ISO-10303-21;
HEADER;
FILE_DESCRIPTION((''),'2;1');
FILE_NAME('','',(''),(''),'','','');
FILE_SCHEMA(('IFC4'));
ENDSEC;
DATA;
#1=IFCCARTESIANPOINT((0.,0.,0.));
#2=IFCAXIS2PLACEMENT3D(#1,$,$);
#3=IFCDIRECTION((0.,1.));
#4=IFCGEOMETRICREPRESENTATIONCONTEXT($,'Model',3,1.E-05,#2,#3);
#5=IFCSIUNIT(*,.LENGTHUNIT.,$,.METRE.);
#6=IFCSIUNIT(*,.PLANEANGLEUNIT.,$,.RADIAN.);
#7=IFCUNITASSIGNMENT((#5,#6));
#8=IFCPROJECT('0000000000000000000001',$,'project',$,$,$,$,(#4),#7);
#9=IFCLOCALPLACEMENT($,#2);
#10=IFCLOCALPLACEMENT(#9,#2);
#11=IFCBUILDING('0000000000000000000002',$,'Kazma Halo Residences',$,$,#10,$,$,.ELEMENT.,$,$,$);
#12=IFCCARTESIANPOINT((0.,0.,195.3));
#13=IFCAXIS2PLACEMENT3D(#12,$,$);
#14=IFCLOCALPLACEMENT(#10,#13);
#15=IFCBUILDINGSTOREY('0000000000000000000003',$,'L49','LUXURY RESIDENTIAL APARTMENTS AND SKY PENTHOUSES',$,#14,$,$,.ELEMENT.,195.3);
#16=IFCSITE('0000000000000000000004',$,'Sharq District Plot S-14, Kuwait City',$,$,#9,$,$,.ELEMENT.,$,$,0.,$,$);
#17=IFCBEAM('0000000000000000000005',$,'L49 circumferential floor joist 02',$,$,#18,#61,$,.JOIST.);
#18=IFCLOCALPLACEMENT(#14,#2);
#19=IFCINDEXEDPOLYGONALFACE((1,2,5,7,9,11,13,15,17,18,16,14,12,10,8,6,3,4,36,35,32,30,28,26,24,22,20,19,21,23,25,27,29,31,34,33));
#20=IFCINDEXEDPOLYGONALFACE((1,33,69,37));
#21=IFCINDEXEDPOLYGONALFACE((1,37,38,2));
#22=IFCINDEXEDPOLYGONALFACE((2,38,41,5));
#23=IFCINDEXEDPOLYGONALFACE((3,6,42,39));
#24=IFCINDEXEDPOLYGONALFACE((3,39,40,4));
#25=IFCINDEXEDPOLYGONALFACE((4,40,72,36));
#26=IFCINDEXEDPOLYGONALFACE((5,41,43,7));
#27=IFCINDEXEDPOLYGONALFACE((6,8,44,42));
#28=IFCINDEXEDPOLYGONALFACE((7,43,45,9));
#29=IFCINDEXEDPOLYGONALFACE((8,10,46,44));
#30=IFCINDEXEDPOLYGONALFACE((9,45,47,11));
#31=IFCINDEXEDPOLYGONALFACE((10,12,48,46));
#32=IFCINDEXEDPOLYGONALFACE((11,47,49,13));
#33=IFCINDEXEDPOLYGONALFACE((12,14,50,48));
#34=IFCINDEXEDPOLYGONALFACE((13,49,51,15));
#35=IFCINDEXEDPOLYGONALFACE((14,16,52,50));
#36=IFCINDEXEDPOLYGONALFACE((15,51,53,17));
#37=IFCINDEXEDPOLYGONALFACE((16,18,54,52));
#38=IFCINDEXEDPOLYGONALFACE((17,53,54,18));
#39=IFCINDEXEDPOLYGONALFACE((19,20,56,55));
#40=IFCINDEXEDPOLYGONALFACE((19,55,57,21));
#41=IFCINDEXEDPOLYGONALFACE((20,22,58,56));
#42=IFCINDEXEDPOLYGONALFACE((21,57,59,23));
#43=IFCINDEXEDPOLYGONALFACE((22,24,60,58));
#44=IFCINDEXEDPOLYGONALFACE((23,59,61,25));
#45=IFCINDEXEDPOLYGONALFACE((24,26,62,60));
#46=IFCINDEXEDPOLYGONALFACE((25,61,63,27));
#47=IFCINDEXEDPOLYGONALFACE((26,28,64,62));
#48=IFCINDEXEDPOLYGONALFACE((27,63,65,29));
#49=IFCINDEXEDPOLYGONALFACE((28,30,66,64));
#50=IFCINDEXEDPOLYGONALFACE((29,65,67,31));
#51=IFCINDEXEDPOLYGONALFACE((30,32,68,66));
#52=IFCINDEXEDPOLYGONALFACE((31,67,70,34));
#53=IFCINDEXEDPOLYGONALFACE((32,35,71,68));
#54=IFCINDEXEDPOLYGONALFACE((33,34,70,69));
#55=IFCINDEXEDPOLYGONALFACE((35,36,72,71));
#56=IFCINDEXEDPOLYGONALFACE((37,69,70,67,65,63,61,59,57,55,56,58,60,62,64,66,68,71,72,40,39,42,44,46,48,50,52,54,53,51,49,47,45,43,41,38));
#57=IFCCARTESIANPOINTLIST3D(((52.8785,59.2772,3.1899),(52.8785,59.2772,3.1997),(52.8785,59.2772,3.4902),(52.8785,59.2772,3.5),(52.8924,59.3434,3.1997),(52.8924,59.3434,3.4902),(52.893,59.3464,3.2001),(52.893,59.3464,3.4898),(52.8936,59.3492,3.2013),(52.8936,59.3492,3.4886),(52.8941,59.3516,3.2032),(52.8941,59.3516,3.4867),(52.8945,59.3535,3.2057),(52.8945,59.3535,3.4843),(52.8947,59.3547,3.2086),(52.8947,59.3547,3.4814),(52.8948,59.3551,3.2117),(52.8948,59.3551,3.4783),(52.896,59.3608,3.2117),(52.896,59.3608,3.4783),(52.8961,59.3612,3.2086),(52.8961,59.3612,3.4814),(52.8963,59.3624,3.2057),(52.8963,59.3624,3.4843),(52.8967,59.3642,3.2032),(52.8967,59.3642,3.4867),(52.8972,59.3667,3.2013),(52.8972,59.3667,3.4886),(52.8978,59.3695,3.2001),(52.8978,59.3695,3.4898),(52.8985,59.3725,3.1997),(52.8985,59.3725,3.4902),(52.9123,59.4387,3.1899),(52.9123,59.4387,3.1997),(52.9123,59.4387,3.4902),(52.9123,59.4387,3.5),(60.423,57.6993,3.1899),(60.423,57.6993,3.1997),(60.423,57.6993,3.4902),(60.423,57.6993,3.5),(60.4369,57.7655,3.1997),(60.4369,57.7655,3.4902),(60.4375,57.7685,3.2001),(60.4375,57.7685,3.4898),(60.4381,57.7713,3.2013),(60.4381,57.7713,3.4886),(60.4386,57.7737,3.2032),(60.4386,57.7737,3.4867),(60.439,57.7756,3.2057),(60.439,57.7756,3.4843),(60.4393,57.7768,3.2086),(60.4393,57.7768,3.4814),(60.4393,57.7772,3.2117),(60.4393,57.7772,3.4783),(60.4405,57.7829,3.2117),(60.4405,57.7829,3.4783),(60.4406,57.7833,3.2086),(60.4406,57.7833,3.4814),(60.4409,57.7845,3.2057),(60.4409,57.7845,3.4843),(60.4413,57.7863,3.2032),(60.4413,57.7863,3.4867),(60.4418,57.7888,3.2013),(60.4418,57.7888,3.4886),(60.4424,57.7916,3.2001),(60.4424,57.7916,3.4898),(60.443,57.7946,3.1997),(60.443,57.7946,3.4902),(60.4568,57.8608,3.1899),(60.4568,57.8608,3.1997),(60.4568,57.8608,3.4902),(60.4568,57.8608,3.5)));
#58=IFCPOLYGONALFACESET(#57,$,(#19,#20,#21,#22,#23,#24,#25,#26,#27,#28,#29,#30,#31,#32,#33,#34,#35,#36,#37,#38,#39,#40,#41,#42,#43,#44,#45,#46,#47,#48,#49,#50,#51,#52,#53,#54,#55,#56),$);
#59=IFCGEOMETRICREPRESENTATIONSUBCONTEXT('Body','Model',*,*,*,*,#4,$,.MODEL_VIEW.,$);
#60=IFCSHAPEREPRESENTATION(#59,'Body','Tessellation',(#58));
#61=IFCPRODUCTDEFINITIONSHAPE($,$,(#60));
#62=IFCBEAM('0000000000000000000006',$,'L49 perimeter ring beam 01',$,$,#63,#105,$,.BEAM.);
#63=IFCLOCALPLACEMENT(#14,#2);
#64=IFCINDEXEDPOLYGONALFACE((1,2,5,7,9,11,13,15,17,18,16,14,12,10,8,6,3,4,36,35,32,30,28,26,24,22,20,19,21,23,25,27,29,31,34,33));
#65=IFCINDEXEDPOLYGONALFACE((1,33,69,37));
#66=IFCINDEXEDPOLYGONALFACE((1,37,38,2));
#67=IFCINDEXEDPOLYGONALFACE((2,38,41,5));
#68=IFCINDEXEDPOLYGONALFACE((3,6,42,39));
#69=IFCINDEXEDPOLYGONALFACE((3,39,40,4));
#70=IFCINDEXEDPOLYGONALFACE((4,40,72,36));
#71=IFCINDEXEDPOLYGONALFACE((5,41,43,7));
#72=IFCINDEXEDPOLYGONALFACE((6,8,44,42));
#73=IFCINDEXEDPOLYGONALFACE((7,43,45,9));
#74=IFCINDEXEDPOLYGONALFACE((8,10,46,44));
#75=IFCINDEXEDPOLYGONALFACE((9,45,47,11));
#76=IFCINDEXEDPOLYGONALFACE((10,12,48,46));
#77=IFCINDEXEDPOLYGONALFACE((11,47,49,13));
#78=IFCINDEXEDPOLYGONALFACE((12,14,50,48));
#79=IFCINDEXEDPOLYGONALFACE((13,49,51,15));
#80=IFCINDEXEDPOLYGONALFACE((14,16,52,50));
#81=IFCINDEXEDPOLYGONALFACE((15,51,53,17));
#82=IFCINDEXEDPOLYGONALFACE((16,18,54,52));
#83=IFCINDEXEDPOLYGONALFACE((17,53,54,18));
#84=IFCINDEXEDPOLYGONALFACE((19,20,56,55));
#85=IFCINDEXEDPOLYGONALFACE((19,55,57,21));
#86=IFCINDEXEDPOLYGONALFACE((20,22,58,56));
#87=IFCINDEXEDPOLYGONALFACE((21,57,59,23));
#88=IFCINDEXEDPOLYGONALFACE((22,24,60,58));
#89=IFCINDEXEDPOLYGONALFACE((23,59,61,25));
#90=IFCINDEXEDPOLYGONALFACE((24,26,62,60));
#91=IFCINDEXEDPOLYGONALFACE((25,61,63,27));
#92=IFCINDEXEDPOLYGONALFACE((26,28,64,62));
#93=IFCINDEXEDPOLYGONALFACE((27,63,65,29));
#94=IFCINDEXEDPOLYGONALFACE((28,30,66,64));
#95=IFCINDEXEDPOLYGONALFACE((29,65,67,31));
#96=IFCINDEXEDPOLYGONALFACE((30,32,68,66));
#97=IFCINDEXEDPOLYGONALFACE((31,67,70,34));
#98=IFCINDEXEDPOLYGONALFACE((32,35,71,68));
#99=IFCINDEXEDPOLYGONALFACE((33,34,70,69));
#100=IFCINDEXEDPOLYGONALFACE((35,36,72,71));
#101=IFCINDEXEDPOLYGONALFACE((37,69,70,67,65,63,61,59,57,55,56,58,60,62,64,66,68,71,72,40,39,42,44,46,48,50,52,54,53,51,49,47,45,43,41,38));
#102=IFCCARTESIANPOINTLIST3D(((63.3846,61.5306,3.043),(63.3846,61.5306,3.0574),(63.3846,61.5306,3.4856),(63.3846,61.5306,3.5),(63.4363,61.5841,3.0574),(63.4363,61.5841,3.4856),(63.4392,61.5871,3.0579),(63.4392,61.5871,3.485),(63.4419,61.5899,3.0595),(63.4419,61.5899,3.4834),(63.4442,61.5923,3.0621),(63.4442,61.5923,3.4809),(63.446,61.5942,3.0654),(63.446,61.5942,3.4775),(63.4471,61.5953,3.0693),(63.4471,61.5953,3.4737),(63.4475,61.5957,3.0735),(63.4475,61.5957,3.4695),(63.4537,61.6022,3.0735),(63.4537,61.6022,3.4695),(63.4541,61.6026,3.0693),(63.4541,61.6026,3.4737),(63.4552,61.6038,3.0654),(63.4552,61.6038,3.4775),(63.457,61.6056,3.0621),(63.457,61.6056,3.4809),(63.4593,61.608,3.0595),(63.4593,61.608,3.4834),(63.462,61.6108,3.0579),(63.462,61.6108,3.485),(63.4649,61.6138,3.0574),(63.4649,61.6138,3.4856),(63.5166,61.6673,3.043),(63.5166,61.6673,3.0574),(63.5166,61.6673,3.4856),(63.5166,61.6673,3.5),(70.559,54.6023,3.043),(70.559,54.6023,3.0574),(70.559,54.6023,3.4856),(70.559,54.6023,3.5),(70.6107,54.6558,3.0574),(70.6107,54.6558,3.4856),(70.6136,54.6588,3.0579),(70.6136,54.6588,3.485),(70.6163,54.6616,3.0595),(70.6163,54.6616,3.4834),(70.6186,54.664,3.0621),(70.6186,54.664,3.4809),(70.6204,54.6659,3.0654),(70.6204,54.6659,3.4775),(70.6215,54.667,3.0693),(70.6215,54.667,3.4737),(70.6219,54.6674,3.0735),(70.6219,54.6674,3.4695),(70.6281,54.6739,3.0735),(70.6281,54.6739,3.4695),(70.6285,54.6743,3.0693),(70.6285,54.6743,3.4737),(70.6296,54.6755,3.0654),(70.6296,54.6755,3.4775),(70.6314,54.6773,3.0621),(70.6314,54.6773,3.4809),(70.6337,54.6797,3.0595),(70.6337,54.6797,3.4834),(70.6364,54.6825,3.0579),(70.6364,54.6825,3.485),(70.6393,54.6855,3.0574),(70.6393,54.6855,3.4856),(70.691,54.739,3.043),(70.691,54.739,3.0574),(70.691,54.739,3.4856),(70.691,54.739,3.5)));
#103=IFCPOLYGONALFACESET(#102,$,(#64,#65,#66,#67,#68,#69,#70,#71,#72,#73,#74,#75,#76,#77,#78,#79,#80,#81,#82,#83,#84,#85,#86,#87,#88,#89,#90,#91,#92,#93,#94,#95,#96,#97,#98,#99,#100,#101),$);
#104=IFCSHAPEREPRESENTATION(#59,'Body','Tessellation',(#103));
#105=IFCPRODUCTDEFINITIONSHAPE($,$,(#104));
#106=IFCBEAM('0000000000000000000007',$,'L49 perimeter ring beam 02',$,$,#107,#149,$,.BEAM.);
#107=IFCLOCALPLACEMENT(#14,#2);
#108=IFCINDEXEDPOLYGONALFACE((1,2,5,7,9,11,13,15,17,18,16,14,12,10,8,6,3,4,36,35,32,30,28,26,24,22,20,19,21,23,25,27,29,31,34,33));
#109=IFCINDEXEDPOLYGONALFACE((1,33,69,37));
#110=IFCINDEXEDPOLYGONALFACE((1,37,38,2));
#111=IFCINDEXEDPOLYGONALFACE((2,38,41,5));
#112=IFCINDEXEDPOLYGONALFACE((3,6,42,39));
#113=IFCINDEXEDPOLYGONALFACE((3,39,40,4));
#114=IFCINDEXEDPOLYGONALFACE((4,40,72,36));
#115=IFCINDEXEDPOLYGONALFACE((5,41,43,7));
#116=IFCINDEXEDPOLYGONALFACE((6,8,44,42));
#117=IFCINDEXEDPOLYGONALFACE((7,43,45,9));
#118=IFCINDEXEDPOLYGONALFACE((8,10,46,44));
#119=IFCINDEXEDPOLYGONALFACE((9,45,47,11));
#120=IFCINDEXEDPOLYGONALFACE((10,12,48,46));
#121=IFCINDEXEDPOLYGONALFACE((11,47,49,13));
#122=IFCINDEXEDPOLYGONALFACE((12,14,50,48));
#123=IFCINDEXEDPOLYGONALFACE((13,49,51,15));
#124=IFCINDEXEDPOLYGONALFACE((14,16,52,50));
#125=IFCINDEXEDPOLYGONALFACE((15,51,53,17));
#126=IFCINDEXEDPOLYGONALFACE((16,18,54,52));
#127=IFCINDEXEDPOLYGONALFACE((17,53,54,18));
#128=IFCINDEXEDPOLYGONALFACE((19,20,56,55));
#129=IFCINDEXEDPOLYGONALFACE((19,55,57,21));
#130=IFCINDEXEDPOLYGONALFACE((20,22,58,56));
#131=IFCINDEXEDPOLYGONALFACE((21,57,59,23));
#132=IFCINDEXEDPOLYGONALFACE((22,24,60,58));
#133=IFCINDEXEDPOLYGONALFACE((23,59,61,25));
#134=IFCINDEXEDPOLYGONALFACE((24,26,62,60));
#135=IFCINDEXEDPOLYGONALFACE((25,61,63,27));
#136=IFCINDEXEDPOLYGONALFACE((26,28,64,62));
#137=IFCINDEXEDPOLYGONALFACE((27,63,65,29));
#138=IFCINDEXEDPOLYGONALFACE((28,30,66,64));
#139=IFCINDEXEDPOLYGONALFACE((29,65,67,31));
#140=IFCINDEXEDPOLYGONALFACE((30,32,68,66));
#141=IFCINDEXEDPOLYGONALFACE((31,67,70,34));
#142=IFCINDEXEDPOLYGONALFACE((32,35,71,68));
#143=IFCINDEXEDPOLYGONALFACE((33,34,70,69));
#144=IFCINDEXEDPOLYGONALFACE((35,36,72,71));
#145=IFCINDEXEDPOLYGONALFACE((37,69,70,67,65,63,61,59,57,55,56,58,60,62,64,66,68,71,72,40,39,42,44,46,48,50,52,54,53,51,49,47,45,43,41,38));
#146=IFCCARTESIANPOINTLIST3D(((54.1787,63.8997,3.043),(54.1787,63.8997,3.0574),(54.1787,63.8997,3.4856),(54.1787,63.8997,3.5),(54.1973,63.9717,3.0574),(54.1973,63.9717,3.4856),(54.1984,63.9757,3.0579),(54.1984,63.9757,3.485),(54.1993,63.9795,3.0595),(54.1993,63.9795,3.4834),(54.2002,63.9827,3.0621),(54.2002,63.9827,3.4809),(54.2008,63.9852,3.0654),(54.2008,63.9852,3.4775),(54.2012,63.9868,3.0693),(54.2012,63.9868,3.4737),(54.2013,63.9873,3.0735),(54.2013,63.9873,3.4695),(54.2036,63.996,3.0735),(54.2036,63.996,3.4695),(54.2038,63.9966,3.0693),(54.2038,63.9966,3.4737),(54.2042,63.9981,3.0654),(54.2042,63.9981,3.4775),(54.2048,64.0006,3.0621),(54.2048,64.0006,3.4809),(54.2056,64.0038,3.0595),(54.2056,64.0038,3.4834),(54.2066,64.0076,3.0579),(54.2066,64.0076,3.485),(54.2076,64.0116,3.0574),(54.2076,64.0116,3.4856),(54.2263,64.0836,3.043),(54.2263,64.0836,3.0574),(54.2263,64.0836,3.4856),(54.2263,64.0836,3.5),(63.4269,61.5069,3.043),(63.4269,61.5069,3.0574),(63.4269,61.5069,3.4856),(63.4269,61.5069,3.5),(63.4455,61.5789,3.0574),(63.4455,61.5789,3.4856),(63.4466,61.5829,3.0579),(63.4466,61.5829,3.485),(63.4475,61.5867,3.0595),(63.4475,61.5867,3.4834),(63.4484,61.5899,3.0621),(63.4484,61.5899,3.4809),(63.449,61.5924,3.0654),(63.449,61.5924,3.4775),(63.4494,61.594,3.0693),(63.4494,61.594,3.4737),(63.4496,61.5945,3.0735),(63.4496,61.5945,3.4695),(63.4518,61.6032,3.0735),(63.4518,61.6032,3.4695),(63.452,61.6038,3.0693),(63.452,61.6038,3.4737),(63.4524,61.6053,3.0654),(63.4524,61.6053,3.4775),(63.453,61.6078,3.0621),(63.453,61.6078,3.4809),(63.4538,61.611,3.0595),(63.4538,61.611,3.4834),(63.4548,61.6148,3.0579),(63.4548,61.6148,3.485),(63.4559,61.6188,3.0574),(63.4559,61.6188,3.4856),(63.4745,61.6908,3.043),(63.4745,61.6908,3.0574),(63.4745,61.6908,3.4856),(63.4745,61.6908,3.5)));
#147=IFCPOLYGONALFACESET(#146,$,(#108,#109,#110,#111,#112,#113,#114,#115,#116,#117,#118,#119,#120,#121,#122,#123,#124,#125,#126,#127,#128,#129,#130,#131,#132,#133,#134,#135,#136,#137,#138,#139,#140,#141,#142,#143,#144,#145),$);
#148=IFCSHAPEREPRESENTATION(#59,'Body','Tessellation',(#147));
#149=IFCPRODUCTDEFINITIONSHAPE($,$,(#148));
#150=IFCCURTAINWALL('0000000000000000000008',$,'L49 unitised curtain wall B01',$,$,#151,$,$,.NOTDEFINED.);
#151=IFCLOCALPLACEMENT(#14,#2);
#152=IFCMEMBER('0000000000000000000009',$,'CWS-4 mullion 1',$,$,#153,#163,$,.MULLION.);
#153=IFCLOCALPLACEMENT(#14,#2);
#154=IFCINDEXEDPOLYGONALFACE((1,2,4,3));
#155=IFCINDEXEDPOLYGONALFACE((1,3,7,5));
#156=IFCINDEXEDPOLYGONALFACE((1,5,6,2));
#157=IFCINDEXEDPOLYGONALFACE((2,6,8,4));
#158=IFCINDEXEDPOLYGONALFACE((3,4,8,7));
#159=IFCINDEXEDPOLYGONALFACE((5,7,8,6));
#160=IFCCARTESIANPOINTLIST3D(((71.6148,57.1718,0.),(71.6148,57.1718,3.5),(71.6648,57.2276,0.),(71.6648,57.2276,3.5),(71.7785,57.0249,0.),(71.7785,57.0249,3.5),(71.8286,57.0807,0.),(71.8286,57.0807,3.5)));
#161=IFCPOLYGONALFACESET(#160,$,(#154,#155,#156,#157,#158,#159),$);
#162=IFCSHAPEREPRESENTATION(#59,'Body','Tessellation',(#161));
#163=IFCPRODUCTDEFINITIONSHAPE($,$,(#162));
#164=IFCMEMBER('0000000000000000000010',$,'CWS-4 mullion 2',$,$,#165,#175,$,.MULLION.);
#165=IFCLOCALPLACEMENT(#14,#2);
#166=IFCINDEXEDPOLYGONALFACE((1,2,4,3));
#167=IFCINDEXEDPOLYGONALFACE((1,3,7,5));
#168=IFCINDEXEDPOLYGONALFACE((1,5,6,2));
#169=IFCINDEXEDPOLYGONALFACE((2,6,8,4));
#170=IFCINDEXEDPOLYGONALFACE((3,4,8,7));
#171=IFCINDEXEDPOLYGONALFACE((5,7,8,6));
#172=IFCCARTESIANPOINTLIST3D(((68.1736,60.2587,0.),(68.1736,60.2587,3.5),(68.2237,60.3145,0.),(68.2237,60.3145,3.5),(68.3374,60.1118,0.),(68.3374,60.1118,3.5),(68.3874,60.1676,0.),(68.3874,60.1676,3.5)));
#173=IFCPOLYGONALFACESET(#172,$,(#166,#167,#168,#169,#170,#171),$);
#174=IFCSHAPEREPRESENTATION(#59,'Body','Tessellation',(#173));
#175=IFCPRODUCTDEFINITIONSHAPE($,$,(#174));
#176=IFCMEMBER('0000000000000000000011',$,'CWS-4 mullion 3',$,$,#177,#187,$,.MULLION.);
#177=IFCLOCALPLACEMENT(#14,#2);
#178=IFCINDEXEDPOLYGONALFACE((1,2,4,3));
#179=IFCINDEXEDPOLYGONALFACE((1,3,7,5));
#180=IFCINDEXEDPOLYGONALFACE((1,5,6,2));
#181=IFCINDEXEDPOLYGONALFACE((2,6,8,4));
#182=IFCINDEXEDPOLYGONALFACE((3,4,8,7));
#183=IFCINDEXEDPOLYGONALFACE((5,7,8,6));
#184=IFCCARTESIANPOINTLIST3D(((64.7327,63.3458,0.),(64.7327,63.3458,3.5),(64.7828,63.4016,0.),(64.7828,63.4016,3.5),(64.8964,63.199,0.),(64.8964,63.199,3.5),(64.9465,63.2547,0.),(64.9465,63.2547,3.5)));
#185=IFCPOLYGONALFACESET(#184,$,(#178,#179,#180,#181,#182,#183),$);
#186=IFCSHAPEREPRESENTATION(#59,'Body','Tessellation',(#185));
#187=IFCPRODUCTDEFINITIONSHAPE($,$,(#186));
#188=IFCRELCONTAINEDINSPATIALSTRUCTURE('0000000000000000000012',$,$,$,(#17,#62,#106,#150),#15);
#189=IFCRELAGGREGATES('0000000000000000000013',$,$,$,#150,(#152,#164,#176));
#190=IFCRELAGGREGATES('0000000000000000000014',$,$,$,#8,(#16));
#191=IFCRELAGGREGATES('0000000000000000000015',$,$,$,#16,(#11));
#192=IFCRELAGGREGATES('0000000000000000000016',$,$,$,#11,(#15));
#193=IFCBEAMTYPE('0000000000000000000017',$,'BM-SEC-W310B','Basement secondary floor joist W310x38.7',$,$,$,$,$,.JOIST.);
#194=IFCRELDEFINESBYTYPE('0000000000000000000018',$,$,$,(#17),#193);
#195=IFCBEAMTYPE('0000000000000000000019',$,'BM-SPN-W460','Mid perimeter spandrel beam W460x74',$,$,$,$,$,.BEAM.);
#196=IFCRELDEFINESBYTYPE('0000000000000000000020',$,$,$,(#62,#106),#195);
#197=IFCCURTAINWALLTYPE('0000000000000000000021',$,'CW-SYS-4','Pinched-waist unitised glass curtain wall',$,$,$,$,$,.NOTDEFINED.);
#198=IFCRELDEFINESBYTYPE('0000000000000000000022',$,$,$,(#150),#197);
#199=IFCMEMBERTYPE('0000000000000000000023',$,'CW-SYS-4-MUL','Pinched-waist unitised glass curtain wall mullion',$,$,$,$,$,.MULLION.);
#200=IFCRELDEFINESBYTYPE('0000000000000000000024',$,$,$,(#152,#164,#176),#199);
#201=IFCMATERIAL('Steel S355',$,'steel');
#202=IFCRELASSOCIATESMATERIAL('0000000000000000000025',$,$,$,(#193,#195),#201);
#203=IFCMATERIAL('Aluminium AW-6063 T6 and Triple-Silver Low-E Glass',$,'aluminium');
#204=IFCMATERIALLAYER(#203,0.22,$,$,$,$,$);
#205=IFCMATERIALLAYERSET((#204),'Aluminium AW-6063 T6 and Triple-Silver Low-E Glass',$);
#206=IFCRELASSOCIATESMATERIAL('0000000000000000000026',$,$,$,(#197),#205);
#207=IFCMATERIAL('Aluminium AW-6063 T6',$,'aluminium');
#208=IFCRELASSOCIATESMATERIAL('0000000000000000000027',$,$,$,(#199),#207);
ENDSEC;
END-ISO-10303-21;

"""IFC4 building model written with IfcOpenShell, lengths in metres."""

from ifc_helpers import new_model, si_unit, direction, frame, origin, origin_2d, place, context, subcontext, project, spatial, rectangle, i_section, extrude, material, layer, layer_set, material_profile, profile_set, type_object, element, aggregate, save


model = new_model("IFC4")

# Units and contexts
model_context = context("Model", 3, precision=1e-05, world=origin(), true_north=direction((0.0, 1.0)))
body_context = subcontext(model_context, "Body", "Model", "MODEL_VIEW")
ifc_project = project(units=[si_unit("LENGTHUNIT", "METRE"), si_unit("PLANEANGLEUNIT", "RADIAN")], contexts=[model_context])

# Site, building, storey
site_placement = place(None, origin())
site = spatial("IfcSite", under=ifc_project, at=site_placement, Name="Sharq District Plot S-14, Kuwait City", CompositionType="ELEMENT", RefElevation=0.0)
building_placement = place(site_placement, origin())
building = spatial("IfcBuilding", under=site, at=building_placement, Name="Kazma Halo Residences", CompositionType="ELEMENT")
storey_placement = place(building_placement, frame((0.0, 0.0, 195.3)))
storey = spatial("IfcBuildingStorey", under=building, at=storey_placement, Name="L49", Description="LUXURY RESIDENTIAL APARTMENTS AND SKY PENTHOUSES", CompositionType="ELEMENT", Elevation=195.3)

# Beams
ifc_material_1 = material(Name="Steel S355", Category="steel")
ifc_material_profile_1 = material_profile(ifc_material_1, i_section(OverallWidth=0.165, OverallDepth=0.3101, WebThickness=0.0059, FlangeThickness=0.0098, FilletRadius=0.012, at=origin_2d()), Name="W310x38.7")
ifc_profile_set_1 = profile_set([ifc_material_profile_1], Name="Steel S355")
beam_type_1 = type_object("IfcBeamType", Name="BM-SEC-W310B", Description="Basement secondary floor joist W310x38.7", PredefinedType="JOIST", material=ifc_profile_set_1)
beam_1_placement = place(storey_placement, frame((60.4399, 57.78, 3.345), z_axis=(-0.978821, 0.204716, 0.0), x_axis=(-0.204716, -0.978821, 0.0)))
element("IfcBeam", 1, at=beam_1_placement, inside=storey, type_object=beam_type_1, Name="L49 circumferential floor joist 02", PredefinedType="JOIST", context=body_context, shape_type="SweptSolid", body=[
    extrude(i_section(OverallWidth=0.165, OverallDepth=0.3101, WebThickness=0.0059, FlangeThickness=0.0098, FilletRadius=0.012, at=origin_2d()), origin(), (0.0, 0.0, 1.0), 7.7078),
])
ifc_material_profile_2 = material_profile(ifc_material_1, i_section(OverallWidth=0.1899, OverallDepth=0.457, WebThickness=0.009, FlangeThickness=0.0144, FilletRadius=0.0161, at=origin_2d()), Name="W460x74")
ifc_profile_set_2 = profile_set([ifc_material_profile_2], Name="Steel S355")
beam_type_2 = type_object("IfcBeamType", Name="BM-SPN-W460", Description="Mid perimeter spandrel beam W460x74", PredefinedType="BEAM", material=ifc_profile_set_2)
beam_2_placement = place(storey_placement, frame((70.625, 54.6707, 3.2715), z_axis=(-0.719337, 0.694662, 0.0), x_axis=(-0.694662, -0.719337, 0.0)))
element("IfcBeam", 2, at=beam_2_placement, inside=storey, type_object=beam_type_2, Name="L49 perimeter ring beam 01", PredefinedType="BEAM", context=body_context, shape_type="SweptSolid", body=[
    extrude(i_section(OverallWidth=0.1899, OverallDepth=0.457, WebThickness=0.009, FlangeThickness=0.0144, FilletRadius=0.0161, at=origin_2d()), origin(), (0.0, 0.0, 1.0), 9.9736),
])
beam_3_placement = place(storey_placement, frame((63.4507, 61.5989, 3.2715), z_axis=(-0.968121, 0.250483, 0.0), x_axis=(-0.250483, -0.968121, 0.0)))
element("IfcBeam", 3, at=beam_3_placement, inside=storey, type_object=beam_type_2, Name="L49 perimeter ring beam 02", PredefinedType="BEAM", context=body_context, shape_type="SweptSolid", body=[
    extrude(i_section(OverallWidth=0.1899, OverallDepth=0.457, WebThickness=0.009, FlangeThickness=0.0144, FilletRadius=0.0161, at=origin_2d()), origin(), (0.0, 0.0, 1.0), 9.5527),
])

# Curtain wall, members
ifc_material_2 = material(Name="Aluminium AW-6063 T6 and Triple-Silver Low-E Glass", Category="aluminium")
ifc_layer_1 = layer(ifc_material_2, 0.22)
ifc_layer_set_1 = layer_set([ifc_layer_1], Name="Aluminium AW-6063 T6 and Triple-Silver Low-E Glass")
curtain_wall_type = type_object("IfcCurtainWallType", Name="CW-SYS-4", Description="Pinched-waist unitised glass curtain wall", PredefinedType="NOTDEFINED", material=ifc_layer_set_1)
curtain_wall_1_placement = place(storey_placement, origin())
curtain_wall_1 = element("IfcCurtainWall", 4, at=curtain_wall_1_placement, inside=storey, type_object=curtain_wall_type, Name="L49 unitised curtain wall B01", PredefinedType="NOTDEFINED")
ifc_material_3 = material(Name="Aluminium AW-6063 T6", Category="aluminium")
ifc_material_profile_3 = material_profile(ifc_material_3, rectangle(XDim=0.075, YDim=0.22, at=origin_2d()), Name="CWM-75x220")
ifc_profile_set_3 = profile_set([ifc_material_profile_3], Name="Aluminium AW-6063 T6")
member_type_1 = type_object("IfcMemberType", Name="CW-SYS-4-MUL", Description="Pinched-waist unitised glass curtain wall mullion", PredefinedType="MULLION", material=ifc_profile_set_3)
member_1_placement = place(storey_placement, frame((71.7217, 57.1262, 0.0), z_axis=(0.0, 0.0, 1.0), x_axis=(-0.667784, -0.744355, 0.0)))
member_1 = element("IfcMember", 5, at=member_1_placement, type_object=member_type_1, Name="CWS-4 mullion 1", PredefinedType="MULLION", context=body_context, shape_type="SweptSolid", body=[
    extrude(rectangle(XDim=0.075, YDim=0.22, at=origin_2d()), origin(), (0.0, 0.0, 1.0), 3.5),
])
member_2_placement = place(storey_placement, frame((68.2805, 60.2131, 0.0), z_axis=(0.0, 0.0, 1.0), x_axis=(-0.667784, -0.744355, 0.0)))
member_2 = element("IfcMember", 6, at=member_2_placement, type_object=member_type_1, Name="CWS-4 mullion 2", PredefinedType="MULLION", context=body_context, shape_type="SweptSolid", body=[
    extrude(rectangle(XDim=0.075, YDim=0.22, at=origin_2d()), origin(), (0.0, 0.0, 1.0), 3.5),
])
member_3_placement = place(storey_placement, frame((64.8396, 63.3003, 0.0), z_axis=(0.0, 0.0, 1.0), x_axis=(-0.667784, -0.744355, 0.0)))
member_3 = element("IfcMember", 7, at=member_3_placement, type_object=member_type_1, Name="CWS-4 mullion 3", PredefinedType="MULLION", context=body_context, shape_type="SweptSolid", body=[
    extrude(rectangle(XDim=0.075, YDim=0.22, at=origin_2d()), origin(), (0.0, 0.0, 1.0), 3.5),
])

aggregate(curtain_wall_1, [member_1, member_2, member_3])

save(model, "model.ifc")
